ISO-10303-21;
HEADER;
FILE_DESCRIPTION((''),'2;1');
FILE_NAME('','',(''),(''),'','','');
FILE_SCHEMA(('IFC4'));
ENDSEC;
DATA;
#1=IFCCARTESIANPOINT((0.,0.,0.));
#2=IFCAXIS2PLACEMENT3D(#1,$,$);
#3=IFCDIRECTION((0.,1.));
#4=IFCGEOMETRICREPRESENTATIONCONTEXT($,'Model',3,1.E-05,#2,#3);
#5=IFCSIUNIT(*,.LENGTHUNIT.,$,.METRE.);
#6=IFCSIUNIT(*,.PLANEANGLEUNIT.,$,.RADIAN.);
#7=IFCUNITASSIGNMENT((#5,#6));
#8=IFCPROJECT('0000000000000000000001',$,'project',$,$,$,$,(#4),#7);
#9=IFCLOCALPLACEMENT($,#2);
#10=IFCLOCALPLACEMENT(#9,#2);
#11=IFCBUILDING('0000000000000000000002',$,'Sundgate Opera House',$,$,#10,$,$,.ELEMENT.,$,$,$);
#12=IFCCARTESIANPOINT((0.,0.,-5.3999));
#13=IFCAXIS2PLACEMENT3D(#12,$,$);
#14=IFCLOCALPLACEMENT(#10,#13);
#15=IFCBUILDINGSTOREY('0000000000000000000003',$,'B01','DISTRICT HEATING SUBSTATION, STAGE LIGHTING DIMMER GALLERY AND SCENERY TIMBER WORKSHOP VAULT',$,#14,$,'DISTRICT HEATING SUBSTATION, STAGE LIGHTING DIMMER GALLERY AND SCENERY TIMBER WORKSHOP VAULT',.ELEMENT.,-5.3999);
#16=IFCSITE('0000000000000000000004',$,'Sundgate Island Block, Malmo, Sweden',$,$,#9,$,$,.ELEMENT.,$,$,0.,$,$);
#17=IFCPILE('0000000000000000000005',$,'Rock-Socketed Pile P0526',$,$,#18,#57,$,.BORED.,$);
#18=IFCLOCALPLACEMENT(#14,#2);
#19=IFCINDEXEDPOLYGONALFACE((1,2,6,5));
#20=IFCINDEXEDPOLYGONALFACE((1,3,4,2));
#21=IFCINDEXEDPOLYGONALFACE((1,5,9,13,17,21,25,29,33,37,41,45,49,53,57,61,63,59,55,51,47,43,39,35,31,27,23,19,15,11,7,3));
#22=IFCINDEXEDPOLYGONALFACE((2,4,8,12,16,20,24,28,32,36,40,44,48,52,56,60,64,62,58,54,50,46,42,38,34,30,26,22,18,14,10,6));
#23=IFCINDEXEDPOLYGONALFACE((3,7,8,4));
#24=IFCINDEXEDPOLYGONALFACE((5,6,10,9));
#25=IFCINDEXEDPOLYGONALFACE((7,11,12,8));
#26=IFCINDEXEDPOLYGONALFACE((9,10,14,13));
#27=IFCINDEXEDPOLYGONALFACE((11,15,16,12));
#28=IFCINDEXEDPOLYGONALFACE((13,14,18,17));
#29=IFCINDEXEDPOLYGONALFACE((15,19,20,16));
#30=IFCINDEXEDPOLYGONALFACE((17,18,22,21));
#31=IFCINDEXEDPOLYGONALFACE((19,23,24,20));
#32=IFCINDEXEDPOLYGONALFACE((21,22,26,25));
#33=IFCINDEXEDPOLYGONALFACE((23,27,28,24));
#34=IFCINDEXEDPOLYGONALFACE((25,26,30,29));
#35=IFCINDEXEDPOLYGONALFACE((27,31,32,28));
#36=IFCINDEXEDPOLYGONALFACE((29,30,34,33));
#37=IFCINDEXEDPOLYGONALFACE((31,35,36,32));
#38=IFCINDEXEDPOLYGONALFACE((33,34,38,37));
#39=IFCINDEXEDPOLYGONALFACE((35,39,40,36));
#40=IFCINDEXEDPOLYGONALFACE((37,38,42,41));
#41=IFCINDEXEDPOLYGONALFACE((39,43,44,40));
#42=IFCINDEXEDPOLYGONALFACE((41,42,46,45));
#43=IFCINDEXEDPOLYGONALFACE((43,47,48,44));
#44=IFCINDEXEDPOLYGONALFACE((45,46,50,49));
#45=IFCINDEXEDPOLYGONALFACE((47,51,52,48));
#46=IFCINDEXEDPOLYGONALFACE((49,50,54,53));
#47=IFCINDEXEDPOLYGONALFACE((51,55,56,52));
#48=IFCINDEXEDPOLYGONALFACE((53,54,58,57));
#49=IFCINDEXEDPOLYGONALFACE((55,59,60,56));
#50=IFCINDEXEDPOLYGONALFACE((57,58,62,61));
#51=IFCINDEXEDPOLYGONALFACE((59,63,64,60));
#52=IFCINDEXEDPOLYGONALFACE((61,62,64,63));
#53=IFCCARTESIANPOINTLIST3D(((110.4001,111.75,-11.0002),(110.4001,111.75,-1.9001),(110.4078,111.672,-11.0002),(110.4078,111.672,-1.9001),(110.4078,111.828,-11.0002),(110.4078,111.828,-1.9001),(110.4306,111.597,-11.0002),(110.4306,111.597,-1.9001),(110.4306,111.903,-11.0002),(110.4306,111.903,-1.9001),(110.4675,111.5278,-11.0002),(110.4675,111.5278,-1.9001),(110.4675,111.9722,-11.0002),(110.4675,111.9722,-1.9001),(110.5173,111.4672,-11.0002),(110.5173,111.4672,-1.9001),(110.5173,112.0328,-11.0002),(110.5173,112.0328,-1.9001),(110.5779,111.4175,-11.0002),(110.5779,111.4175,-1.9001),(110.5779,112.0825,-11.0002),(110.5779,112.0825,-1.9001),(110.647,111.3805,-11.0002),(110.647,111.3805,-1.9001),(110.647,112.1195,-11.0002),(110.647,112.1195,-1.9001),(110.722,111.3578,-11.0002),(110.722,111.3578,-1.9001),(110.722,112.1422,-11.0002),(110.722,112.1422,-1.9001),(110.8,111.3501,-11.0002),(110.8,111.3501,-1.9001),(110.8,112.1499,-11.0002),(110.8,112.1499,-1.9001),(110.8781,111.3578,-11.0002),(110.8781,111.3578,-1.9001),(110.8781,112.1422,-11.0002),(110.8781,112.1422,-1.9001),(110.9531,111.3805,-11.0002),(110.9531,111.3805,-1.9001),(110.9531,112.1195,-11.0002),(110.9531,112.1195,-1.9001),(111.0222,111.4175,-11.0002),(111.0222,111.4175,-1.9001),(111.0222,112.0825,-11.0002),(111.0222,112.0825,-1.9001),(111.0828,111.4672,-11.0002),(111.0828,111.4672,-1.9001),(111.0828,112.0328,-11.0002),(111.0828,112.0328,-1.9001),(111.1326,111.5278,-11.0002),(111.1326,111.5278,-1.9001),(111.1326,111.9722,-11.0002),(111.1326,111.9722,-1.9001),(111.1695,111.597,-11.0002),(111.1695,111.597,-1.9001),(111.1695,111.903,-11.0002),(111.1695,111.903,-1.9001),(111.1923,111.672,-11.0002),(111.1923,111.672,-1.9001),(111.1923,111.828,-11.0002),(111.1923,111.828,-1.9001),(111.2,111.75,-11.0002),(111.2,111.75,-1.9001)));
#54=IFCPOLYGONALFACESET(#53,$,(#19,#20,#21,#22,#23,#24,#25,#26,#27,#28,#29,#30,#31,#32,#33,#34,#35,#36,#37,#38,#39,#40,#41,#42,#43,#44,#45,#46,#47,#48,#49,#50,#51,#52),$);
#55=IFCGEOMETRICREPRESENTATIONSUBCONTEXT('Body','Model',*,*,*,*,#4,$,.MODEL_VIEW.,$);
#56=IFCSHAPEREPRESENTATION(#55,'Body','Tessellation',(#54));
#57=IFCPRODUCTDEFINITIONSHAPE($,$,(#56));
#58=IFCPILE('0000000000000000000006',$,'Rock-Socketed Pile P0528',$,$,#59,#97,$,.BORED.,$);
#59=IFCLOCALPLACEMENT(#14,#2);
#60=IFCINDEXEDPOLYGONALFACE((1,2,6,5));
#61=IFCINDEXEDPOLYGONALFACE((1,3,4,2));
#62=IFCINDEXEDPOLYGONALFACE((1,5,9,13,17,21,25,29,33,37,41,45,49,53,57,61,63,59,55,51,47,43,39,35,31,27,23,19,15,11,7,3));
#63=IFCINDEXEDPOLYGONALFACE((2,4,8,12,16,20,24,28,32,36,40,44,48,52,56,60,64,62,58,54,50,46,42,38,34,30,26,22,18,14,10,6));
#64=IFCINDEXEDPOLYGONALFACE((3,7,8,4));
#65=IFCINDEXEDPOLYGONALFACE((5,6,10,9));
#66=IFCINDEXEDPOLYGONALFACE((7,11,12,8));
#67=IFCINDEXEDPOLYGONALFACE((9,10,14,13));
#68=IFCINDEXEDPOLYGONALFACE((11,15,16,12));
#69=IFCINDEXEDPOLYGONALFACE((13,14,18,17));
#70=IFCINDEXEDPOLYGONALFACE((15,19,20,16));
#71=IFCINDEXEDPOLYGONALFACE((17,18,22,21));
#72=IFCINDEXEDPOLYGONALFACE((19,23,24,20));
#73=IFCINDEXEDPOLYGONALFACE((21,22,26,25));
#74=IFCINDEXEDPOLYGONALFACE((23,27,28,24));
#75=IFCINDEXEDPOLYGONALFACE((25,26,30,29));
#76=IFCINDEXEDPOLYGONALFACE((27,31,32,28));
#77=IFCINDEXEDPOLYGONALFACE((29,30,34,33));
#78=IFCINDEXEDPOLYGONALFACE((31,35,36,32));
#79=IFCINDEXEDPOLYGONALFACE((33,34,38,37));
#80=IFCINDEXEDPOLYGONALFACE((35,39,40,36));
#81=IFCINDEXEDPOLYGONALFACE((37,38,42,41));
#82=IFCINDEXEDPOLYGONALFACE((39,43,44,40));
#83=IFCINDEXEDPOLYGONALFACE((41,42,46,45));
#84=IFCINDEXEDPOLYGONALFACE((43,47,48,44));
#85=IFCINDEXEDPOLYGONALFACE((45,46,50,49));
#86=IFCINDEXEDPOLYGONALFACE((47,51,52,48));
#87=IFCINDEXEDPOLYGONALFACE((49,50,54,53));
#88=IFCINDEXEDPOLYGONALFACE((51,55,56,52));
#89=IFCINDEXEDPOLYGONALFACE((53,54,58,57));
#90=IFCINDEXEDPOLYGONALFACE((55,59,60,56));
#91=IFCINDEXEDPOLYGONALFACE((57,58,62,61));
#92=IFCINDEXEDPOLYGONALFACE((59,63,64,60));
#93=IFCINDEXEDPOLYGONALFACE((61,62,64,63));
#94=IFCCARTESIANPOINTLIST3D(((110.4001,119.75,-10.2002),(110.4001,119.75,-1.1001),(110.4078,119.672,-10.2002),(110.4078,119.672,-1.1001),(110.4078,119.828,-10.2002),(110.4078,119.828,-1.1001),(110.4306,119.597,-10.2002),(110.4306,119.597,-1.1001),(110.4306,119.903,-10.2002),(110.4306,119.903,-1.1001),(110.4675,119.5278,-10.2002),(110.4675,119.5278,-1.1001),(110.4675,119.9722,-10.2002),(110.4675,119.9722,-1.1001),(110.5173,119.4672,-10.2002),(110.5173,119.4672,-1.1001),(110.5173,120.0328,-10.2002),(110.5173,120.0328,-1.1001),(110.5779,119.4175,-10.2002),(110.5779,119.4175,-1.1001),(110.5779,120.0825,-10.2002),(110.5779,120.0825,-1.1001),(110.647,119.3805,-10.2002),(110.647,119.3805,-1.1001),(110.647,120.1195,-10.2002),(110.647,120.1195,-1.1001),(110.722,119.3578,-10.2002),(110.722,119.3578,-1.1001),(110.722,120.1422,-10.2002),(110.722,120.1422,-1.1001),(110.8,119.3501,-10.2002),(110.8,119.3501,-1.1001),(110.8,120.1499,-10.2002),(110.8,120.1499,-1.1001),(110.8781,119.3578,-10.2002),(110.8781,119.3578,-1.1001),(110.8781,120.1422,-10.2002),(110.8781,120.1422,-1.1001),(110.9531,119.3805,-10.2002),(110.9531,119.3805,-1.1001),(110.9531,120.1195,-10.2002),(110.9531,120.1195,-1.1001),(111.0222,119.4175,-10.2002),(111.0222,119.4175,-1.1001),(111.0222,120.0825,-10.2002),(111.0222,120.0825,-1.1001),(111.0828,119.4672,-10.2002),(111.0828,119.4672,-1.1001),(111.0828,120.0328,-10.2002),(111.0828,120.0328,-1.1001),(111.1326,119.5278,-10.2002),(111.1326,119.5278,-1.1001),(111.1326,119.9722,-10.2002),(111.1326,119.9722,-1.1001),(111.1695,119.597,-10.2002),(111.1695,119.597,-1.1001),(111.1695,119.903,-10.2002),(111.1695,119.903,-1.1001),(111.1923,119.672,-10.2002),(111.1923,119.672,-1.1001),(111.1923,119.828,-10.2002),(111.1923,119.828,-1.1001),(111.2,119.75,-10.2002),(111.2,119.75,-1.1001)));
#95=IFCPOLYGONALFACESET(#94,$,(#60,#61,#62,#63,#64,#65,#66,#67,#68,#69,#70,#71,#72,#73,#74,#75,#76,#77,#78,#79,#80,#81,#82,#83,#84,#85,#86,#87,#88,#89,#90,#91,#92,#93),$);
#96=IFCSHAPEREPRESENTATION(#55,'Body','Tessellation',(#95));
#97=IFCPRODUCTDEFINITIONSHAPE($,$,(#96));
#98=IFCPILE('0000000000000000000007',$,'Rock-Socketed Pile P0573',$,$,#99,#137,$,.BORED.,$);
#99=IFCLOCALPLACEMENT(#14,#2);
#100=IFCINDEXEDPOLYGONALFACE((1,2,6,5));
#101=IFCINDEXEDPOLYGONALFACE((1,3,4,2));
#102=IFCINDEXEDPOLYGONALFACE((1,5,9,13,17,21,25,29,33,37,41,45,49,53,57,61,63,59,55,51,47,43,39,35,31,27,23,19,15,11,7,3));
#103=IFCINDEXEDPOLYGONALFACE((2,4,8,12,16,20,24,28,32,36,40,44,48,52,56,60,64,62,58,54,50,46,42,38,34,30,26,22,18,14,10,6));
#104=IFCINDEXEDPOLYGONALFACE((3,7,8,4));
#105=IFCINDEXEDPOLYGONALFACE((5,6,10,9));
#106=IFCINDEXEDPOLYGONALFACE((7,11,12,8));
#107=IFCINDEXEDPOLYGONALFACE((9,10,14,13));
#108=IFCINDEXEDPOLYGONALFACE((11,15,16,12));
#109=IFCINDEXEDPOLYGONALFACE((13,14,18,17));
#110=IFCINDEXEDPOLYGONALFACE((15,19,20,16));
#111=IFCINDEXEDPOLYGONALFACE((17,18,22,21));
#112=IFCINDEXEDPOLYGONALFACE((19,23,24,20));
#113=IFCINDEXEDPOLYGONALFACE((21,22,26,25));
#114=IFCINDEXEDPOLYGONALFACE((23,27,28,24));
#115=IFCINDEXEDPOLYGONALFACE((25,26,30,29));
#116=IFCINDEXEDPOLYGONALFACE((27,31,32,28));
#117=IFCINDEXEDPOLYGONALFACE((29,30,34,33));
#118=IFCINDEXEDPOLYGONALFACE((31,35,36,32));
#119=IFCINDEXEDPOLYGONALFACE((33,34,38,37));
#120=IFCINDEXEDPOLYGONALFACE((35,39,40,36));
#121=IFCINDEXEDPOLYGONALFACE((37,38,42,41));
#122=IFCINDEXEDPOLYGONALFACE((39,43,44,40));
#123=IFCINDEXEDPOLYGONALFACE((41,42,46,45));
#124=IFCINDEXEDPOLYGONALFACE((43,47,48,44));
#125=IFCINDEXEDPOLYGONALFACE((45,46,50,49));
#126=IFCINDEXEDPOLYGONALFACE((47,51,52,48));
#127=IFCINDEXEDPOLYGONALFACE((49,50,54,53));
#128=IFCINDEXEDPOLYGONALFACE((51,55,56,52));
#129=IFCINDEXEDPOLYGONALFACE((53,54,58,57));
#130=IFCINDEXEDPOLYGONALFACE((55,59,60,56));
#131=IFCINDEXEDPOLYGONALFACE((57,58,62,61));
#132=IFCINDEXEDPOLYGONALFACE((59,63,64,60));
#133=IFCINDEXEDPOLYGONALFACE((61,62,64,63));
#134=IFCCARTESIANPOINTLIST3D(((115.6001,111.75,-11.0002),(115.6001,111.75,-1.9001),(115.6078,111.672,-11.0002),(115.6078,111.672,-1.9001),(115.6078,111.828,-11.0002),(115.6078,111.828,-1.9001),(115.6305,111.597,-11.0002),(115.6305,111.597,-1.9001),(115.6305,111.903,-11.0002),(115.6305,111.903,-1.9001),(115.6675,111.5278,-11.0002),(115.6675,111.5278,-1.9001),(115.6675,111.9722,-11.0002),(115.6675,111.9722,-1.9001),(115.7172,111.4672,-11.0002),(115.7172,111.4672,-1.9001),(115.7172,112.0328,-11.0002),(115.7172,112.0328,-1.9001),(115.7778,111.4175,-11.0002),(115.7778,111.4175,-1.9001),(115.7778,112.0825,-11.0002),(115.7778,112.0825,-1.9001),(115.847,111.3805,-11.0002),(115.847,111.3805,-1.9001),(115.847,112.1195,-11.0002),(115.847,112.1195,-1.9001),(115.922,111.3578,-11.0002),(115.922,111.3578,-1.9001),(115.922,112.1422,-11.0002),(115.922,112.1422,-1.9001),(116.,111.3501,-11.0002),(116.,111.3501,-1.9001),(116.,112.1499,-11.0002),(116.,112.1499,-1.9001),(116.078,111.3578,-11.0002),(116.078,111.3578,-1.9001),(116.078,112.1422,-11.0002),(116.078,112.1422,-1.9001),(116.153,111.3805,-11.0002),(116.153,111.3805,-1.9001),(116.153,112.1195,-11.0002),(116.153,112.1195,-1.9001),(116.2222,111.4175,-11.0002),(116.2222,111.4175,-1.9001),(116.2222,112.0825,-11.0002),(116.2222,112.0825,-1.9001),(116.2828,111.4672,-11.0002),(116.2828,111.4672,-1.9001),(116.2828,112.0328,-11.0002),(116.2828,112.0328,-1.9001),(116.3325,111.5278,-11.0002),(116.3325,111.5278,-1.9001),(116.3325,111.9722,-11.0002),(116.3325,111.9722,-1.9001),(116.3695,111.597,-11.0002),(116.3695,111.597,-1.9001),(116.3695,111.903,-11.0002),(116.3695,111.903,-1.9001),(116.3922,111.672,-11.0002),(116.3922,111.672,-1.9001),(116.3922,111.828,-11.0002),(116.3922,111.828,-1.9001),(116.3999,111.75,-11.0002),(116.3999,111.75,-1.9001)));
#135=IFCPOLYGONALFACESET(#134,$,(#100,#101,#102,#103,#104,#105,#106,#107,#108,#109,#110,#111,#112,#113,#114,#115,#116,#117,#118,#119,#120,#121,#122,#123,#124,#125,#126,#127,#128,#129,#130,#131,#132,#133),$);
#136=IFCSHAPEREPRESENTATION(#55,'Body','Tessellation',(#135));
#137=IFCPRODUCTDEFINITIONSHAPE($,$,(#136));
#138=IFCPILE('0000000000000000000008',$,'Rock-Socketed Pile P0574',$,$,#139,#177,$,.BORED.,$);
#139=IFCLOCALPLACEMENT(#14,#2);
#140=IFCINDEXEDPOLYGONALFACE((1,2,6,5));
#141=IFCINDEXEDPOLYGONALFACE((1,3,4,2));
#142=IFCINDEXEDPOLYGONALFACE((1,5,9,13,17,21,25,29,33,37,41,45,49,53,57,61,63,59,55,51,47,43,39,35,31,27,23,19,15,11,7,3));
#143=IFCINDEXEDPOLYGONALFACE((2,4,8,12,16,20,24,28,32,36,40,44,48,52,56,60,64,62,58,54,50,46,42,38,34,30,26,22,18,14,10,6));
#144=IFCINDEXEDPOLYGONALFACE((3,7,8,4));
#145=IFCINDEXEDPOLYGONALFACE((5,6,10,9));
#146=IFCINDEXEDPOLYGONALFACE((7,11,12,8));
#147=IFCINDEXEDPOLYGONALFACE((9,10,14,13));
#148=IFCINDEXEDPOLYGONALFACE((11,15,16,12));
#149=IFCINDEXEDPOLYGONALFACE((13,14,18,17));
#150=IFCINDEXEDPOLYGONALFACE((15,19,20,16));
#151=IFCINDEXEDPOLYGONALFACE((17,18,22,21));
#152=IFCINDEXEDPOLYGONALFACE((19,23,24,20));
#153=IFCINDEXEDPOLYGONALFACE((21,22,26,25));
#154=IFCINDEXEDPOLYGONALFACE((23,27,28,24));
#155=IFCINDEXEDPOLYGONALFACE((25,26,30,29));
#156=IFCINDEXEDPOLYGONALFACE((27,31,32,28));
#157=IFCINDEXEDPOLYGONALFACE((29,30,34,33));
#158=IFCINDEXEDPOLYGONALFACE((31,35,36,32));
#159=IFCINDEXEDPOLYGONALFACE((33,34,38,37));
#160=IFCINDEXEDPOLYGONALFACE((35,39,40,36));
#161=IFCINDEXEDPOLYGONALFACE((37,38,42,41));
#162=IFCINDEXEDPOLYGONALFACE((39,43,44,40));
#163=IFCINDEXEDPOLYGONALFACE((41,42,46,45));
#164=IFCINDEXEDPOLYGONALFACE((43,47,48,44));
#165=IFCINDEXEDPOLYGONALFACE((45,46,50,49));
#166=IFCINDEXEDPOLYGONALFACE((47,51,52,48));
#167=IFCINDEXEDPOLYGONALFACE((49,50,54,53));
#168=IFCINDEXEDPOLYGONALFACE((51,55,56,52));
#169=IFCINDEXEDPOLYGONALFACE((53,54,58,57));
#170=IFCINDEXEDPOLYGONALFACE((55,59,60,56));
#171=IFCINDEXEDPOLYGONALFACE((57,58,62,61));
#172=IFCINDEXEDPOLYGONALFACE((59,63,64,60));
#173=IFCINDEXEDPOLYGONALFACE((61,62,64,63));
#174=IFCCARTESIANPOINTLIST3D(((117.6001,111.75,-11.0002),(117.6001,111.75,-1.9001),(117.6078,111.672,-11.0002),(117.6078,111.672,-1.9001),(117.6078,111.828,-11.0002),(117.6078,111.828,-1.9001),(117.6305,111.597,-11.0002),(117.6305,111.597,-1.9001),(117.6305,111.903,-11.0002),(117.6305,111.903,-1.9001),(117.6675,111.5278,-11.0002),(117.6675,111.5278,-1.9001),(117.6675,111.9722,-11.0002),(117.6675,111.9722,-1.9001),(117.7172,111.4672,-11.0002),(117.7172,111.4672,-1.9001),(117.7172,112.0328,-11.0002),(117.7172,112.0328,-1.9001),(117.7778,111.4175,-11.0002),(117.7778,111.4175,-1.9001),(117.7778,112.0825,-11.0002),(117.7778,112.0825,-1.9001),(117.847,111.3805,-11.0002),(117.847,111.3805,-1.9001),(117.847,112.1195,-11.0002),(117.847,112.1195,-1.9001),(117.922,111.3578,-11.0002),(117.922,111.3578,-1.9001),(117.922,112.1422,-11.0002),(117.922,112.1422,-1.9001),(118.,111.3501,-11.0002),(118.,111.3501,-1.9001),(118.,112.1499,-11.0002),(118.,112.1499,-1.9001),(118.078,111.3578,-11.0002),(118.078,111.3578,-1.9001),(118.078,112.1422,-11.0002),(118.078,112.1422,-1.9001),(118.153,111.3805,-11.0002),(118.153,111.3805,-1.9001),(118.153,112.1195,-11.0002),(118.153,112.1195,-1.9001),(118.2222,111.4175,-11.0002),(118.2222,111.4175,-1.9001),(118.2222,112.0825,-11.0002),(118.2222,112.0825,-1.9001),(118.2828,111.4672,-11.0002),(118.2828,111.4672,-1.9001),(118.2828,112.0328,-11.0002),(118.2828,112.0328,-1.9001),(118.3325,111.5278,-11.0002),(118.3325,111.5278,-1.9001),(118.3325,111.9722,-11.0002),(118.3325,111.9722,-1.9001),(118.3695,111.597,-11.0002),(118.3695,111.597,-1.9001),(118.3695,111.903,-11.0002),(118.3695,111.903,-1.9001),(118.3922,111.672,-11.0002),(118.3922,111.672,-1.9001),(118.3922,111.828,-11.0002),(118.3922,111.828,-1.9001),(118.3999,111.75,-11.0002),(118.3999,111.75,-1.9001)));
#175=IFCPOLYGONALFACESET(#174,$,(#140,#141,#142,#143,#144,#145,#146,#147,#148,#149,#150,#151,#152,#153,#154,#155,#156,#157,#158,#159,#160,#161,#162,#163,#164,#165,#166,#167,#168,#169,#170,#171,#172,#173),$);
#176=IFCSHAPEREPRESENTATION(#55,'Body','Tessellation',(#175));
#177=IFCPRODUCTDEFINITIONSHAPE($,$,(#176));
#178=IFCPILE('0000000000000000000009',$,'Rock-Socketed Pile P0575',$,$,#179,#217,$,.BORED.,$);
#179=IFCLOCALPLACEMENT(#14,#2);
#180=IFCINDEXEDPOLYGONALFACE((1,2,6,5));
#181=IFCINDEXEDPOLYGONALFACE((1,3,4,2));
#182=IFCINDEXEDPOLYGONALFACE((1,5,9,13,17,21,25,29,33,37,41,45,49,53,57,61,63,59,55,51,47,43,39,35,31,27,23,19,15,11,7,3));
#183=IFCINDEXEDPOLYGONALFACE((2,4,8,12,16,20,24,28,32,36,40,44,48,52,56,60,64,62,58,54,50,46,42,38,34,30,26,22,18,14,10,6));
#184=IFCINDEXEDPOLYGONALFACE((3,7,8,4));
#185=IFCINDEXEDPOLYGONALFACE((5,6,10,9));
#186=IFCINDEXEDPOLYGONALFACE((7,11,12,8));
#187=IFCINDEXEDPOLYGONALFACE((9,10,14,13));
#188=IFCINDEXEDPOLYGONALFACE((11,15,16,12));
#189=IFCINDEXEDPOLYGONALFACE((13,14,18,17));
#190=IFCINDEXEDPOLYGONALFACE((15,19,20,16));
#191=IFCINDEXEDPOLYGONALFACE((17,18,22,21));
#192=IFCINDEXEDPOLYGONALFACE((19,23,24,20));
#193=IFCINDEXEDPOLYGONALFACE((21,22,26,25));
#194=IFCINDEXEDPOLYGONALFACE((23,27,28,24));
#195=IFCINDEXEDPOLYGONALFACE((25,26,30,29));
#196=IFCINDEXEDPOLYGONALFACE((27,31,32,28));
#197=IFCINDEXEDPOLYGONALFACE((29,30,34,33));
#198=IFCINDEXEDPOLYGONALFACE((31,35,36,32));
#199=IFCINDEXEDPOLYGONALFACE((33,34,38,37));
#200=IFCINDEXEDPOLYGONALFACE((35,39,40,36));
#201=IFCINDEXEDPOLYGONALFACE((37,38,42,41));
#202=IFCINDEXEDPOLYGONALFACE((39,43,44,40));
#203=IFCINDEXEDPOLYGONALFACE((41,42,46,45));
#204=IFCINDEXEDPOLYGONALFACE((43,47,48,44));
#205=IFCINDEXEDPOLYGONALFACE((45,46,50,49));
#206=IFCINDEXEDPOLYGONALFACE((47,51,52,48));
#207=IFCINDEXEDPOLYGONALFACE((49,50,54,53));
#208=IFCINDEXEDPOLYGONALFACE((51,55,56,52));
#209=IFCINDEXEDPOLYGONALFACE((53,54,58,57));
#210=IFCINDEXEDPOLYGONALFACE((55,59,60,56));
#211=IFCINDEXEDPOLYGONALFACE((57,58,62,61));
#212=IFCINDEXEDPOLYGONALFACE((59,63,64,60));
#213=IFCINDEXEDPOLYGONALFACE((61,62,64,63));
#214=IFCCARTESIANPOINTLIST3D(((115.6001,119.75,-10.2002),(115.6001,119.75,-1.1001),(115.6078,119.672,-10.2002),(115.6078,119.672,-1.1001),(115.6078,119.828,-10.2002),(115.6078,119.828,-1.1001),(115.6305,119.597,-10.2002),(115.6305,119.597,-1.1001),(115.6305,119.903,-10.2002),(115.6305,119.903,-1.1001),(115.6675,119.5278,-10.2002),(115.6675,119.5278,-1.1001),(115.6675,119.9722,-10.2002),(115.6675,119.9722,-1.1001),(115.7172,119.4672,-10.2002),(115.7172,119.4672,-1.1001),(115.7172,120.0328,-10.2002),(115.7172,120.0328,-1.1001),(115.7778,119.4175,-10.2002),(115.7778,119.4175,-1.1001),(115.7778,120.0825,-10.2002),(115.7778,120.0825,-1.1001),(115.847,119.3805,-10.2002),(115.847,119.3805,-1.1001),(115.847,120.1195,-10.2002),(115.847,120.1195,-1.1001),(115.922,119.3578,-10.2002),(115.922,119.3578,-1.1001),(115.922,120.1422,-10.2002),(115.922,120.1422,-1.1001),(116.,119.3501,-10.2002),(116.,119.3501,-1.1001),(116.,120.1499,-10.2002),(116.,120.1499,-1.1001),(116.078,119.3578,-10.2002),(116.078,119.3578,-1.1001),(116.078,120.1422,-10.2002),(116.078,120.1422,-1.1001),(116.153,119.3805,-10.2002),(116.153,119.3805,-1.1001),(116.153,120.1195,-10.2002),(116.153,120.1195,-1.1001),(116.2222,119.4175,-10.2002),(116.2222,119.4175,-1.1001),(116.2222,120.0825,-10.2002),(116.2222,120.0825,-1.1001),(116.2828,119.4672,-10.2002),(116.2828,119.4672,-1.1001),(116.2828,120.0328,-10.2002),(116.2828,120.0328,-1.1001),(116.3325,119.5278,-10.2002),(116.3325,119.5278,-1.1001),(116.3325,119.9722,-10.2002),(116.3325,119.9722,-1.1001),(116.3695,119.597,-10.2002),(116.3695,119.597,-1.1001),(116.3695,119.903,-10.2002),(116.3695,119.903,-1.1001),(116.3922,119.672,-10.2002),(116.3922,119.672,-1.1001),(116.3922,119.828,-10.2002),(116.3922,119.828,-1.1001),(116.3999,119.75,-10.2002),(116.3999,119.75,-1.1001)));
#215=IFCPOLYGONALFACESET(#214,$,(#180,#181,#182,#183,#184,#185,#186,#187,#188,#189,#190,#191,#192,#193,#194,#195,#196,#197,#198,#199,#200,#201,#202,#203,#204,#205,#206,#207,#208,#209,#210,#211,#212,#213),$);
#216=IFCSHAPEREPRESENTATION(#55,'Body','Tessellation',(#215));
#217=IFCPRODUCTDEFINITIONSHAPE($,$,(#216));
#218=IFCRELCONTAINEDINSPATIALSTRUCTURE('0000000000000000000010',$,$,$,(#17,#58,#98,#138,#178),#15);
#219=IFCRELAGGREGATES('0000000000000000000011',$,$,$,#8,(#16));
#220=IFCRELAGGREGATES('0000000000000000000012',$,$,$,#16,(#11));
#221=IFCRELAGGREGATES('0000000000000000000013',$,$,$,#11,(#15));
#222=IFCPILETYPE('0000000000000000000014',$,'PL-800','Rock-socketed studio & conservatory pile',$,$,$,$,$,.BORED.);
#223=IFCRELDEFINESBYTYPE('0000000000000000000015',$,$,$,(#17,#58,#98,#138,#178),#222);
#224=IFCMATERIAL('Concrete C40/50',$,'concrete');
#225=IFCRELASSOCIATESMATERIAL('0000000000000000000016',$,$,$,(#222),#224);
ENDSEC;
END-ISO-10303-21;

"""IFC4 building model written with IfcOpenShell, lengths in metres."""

from ifc_helpers import new_model, si_unit, direction, frame, origin, origin_2d, place, context, subcontext, project, spatial, circle, extrude, material, material_profile, profile_set, type_object, element, save


model = new_model("IFC4")

# Units and contexts
model_context = context("Model", 3, precision=1e-05, world=origin(), true_north=direction((0.0, 1.0)))
body_context = subcontext(model_context, "Body", "Model", "MODEL_VIEW")
ifc_project = project(units=[si_unit("LENGTHUNIT", "METRE"), si_unit("PLANEANGLEUNIT", "RADIAN")], contexts=[model_context])

# Site, building, storey
site_placement = place(None, origin())
site = spatial("IfcSite", under=ifc_project, at=site_placement, Name="Sundgate Island Block, Malmo, Sweden", CompositionType="ELEMENT", RefElevation=0.0)
building_placement = place(site_placement, origin())
building = spatial("IfcBuilding", under=site, at=building_placement, Name="Sundgate Opera House", CompositionType="ELEMENT")
storey_placement = place(building_placement, frame((0.0, 0.0, -5.3999)))
storey = spatial("IfcBuildingStorey", under=building, at=storey_placement, Name="B01", Description="DISTRICT HEATING SUBSTATION, STAGE LIGHTING DIMMER GALLERY AND SCENERY TIMBER WORKSHOP VAULT", LongName="DISTRICT HEATING SUBSTATION, STAGE LIGHTING DIMMER GALLERY AND SCENERY TIMBER WORKSHOP VAULT", CompositionType="ELEMENT", Elevation=-5.3999)

# Piles
ifc_material_1 = material(Name="Concrete C40/50", Category="concrete")
ifc_material_profile_1 = material_profile(ifc_material_1, circle(Radius=0.3999, at=origin_2d()), Name="PILE D800")
ifc_profile_set_1 = profile_set([ifc_material_profile_1], Name="Concrete C40/50")
pile_type = type_object("IfcPileType", Name="PL-800", Description="Rock-socketed studio & conservatory pile", PredefinedType="BORED", material=ifc_profile_set_1)
for number, where, z_axis, x_axis, name in (
    (1, (110.8, 111.75, -1.9001), (0.0, 0.0, -1.0), (1.0, 0.0, 0.0), "Rock-Socketed Pile P0526"),
    (2, (110.8, 119.75, -1.1001), (0.0, 0.0, -1.0), (1.0, 0.0, 0.0), "Rock-Socketed Pile P0528"),
    (3, (116.0, 111.75, -1.9001), (0.0, 0.0, -1.0), (1.0, 0.0, 0.0), "Rock-Socketed Pile P0573"),
    (4, (118.0, 111.75, -1.9001), (0.0, 0.0, -1.0), (1.0, 0.0, 0.0), "Rock-Socketed Pile P0574"),
    (5, (116.0, 119.75, -1.1001), (0.0, 0.0, -1.0), (1.0, 0.0, 0.0), "Rock-Socketed Pile P0575"),
):
    element("IfcPile", number, at=place(storey_placement, frame(where, z_axis=z_axis, x_axis=x_axis)), inside=storey, type_object=pile_type, Name=name, PredefinedType="BORED", context=body_context, shape_type="SweptSolid", body=[
        extrude(circle(Radius=0.3999, at=origin_2d()), origin(), (0.0, 0.0, 1.0), 9.1001),
    ])

save(model, "model.ifc")
